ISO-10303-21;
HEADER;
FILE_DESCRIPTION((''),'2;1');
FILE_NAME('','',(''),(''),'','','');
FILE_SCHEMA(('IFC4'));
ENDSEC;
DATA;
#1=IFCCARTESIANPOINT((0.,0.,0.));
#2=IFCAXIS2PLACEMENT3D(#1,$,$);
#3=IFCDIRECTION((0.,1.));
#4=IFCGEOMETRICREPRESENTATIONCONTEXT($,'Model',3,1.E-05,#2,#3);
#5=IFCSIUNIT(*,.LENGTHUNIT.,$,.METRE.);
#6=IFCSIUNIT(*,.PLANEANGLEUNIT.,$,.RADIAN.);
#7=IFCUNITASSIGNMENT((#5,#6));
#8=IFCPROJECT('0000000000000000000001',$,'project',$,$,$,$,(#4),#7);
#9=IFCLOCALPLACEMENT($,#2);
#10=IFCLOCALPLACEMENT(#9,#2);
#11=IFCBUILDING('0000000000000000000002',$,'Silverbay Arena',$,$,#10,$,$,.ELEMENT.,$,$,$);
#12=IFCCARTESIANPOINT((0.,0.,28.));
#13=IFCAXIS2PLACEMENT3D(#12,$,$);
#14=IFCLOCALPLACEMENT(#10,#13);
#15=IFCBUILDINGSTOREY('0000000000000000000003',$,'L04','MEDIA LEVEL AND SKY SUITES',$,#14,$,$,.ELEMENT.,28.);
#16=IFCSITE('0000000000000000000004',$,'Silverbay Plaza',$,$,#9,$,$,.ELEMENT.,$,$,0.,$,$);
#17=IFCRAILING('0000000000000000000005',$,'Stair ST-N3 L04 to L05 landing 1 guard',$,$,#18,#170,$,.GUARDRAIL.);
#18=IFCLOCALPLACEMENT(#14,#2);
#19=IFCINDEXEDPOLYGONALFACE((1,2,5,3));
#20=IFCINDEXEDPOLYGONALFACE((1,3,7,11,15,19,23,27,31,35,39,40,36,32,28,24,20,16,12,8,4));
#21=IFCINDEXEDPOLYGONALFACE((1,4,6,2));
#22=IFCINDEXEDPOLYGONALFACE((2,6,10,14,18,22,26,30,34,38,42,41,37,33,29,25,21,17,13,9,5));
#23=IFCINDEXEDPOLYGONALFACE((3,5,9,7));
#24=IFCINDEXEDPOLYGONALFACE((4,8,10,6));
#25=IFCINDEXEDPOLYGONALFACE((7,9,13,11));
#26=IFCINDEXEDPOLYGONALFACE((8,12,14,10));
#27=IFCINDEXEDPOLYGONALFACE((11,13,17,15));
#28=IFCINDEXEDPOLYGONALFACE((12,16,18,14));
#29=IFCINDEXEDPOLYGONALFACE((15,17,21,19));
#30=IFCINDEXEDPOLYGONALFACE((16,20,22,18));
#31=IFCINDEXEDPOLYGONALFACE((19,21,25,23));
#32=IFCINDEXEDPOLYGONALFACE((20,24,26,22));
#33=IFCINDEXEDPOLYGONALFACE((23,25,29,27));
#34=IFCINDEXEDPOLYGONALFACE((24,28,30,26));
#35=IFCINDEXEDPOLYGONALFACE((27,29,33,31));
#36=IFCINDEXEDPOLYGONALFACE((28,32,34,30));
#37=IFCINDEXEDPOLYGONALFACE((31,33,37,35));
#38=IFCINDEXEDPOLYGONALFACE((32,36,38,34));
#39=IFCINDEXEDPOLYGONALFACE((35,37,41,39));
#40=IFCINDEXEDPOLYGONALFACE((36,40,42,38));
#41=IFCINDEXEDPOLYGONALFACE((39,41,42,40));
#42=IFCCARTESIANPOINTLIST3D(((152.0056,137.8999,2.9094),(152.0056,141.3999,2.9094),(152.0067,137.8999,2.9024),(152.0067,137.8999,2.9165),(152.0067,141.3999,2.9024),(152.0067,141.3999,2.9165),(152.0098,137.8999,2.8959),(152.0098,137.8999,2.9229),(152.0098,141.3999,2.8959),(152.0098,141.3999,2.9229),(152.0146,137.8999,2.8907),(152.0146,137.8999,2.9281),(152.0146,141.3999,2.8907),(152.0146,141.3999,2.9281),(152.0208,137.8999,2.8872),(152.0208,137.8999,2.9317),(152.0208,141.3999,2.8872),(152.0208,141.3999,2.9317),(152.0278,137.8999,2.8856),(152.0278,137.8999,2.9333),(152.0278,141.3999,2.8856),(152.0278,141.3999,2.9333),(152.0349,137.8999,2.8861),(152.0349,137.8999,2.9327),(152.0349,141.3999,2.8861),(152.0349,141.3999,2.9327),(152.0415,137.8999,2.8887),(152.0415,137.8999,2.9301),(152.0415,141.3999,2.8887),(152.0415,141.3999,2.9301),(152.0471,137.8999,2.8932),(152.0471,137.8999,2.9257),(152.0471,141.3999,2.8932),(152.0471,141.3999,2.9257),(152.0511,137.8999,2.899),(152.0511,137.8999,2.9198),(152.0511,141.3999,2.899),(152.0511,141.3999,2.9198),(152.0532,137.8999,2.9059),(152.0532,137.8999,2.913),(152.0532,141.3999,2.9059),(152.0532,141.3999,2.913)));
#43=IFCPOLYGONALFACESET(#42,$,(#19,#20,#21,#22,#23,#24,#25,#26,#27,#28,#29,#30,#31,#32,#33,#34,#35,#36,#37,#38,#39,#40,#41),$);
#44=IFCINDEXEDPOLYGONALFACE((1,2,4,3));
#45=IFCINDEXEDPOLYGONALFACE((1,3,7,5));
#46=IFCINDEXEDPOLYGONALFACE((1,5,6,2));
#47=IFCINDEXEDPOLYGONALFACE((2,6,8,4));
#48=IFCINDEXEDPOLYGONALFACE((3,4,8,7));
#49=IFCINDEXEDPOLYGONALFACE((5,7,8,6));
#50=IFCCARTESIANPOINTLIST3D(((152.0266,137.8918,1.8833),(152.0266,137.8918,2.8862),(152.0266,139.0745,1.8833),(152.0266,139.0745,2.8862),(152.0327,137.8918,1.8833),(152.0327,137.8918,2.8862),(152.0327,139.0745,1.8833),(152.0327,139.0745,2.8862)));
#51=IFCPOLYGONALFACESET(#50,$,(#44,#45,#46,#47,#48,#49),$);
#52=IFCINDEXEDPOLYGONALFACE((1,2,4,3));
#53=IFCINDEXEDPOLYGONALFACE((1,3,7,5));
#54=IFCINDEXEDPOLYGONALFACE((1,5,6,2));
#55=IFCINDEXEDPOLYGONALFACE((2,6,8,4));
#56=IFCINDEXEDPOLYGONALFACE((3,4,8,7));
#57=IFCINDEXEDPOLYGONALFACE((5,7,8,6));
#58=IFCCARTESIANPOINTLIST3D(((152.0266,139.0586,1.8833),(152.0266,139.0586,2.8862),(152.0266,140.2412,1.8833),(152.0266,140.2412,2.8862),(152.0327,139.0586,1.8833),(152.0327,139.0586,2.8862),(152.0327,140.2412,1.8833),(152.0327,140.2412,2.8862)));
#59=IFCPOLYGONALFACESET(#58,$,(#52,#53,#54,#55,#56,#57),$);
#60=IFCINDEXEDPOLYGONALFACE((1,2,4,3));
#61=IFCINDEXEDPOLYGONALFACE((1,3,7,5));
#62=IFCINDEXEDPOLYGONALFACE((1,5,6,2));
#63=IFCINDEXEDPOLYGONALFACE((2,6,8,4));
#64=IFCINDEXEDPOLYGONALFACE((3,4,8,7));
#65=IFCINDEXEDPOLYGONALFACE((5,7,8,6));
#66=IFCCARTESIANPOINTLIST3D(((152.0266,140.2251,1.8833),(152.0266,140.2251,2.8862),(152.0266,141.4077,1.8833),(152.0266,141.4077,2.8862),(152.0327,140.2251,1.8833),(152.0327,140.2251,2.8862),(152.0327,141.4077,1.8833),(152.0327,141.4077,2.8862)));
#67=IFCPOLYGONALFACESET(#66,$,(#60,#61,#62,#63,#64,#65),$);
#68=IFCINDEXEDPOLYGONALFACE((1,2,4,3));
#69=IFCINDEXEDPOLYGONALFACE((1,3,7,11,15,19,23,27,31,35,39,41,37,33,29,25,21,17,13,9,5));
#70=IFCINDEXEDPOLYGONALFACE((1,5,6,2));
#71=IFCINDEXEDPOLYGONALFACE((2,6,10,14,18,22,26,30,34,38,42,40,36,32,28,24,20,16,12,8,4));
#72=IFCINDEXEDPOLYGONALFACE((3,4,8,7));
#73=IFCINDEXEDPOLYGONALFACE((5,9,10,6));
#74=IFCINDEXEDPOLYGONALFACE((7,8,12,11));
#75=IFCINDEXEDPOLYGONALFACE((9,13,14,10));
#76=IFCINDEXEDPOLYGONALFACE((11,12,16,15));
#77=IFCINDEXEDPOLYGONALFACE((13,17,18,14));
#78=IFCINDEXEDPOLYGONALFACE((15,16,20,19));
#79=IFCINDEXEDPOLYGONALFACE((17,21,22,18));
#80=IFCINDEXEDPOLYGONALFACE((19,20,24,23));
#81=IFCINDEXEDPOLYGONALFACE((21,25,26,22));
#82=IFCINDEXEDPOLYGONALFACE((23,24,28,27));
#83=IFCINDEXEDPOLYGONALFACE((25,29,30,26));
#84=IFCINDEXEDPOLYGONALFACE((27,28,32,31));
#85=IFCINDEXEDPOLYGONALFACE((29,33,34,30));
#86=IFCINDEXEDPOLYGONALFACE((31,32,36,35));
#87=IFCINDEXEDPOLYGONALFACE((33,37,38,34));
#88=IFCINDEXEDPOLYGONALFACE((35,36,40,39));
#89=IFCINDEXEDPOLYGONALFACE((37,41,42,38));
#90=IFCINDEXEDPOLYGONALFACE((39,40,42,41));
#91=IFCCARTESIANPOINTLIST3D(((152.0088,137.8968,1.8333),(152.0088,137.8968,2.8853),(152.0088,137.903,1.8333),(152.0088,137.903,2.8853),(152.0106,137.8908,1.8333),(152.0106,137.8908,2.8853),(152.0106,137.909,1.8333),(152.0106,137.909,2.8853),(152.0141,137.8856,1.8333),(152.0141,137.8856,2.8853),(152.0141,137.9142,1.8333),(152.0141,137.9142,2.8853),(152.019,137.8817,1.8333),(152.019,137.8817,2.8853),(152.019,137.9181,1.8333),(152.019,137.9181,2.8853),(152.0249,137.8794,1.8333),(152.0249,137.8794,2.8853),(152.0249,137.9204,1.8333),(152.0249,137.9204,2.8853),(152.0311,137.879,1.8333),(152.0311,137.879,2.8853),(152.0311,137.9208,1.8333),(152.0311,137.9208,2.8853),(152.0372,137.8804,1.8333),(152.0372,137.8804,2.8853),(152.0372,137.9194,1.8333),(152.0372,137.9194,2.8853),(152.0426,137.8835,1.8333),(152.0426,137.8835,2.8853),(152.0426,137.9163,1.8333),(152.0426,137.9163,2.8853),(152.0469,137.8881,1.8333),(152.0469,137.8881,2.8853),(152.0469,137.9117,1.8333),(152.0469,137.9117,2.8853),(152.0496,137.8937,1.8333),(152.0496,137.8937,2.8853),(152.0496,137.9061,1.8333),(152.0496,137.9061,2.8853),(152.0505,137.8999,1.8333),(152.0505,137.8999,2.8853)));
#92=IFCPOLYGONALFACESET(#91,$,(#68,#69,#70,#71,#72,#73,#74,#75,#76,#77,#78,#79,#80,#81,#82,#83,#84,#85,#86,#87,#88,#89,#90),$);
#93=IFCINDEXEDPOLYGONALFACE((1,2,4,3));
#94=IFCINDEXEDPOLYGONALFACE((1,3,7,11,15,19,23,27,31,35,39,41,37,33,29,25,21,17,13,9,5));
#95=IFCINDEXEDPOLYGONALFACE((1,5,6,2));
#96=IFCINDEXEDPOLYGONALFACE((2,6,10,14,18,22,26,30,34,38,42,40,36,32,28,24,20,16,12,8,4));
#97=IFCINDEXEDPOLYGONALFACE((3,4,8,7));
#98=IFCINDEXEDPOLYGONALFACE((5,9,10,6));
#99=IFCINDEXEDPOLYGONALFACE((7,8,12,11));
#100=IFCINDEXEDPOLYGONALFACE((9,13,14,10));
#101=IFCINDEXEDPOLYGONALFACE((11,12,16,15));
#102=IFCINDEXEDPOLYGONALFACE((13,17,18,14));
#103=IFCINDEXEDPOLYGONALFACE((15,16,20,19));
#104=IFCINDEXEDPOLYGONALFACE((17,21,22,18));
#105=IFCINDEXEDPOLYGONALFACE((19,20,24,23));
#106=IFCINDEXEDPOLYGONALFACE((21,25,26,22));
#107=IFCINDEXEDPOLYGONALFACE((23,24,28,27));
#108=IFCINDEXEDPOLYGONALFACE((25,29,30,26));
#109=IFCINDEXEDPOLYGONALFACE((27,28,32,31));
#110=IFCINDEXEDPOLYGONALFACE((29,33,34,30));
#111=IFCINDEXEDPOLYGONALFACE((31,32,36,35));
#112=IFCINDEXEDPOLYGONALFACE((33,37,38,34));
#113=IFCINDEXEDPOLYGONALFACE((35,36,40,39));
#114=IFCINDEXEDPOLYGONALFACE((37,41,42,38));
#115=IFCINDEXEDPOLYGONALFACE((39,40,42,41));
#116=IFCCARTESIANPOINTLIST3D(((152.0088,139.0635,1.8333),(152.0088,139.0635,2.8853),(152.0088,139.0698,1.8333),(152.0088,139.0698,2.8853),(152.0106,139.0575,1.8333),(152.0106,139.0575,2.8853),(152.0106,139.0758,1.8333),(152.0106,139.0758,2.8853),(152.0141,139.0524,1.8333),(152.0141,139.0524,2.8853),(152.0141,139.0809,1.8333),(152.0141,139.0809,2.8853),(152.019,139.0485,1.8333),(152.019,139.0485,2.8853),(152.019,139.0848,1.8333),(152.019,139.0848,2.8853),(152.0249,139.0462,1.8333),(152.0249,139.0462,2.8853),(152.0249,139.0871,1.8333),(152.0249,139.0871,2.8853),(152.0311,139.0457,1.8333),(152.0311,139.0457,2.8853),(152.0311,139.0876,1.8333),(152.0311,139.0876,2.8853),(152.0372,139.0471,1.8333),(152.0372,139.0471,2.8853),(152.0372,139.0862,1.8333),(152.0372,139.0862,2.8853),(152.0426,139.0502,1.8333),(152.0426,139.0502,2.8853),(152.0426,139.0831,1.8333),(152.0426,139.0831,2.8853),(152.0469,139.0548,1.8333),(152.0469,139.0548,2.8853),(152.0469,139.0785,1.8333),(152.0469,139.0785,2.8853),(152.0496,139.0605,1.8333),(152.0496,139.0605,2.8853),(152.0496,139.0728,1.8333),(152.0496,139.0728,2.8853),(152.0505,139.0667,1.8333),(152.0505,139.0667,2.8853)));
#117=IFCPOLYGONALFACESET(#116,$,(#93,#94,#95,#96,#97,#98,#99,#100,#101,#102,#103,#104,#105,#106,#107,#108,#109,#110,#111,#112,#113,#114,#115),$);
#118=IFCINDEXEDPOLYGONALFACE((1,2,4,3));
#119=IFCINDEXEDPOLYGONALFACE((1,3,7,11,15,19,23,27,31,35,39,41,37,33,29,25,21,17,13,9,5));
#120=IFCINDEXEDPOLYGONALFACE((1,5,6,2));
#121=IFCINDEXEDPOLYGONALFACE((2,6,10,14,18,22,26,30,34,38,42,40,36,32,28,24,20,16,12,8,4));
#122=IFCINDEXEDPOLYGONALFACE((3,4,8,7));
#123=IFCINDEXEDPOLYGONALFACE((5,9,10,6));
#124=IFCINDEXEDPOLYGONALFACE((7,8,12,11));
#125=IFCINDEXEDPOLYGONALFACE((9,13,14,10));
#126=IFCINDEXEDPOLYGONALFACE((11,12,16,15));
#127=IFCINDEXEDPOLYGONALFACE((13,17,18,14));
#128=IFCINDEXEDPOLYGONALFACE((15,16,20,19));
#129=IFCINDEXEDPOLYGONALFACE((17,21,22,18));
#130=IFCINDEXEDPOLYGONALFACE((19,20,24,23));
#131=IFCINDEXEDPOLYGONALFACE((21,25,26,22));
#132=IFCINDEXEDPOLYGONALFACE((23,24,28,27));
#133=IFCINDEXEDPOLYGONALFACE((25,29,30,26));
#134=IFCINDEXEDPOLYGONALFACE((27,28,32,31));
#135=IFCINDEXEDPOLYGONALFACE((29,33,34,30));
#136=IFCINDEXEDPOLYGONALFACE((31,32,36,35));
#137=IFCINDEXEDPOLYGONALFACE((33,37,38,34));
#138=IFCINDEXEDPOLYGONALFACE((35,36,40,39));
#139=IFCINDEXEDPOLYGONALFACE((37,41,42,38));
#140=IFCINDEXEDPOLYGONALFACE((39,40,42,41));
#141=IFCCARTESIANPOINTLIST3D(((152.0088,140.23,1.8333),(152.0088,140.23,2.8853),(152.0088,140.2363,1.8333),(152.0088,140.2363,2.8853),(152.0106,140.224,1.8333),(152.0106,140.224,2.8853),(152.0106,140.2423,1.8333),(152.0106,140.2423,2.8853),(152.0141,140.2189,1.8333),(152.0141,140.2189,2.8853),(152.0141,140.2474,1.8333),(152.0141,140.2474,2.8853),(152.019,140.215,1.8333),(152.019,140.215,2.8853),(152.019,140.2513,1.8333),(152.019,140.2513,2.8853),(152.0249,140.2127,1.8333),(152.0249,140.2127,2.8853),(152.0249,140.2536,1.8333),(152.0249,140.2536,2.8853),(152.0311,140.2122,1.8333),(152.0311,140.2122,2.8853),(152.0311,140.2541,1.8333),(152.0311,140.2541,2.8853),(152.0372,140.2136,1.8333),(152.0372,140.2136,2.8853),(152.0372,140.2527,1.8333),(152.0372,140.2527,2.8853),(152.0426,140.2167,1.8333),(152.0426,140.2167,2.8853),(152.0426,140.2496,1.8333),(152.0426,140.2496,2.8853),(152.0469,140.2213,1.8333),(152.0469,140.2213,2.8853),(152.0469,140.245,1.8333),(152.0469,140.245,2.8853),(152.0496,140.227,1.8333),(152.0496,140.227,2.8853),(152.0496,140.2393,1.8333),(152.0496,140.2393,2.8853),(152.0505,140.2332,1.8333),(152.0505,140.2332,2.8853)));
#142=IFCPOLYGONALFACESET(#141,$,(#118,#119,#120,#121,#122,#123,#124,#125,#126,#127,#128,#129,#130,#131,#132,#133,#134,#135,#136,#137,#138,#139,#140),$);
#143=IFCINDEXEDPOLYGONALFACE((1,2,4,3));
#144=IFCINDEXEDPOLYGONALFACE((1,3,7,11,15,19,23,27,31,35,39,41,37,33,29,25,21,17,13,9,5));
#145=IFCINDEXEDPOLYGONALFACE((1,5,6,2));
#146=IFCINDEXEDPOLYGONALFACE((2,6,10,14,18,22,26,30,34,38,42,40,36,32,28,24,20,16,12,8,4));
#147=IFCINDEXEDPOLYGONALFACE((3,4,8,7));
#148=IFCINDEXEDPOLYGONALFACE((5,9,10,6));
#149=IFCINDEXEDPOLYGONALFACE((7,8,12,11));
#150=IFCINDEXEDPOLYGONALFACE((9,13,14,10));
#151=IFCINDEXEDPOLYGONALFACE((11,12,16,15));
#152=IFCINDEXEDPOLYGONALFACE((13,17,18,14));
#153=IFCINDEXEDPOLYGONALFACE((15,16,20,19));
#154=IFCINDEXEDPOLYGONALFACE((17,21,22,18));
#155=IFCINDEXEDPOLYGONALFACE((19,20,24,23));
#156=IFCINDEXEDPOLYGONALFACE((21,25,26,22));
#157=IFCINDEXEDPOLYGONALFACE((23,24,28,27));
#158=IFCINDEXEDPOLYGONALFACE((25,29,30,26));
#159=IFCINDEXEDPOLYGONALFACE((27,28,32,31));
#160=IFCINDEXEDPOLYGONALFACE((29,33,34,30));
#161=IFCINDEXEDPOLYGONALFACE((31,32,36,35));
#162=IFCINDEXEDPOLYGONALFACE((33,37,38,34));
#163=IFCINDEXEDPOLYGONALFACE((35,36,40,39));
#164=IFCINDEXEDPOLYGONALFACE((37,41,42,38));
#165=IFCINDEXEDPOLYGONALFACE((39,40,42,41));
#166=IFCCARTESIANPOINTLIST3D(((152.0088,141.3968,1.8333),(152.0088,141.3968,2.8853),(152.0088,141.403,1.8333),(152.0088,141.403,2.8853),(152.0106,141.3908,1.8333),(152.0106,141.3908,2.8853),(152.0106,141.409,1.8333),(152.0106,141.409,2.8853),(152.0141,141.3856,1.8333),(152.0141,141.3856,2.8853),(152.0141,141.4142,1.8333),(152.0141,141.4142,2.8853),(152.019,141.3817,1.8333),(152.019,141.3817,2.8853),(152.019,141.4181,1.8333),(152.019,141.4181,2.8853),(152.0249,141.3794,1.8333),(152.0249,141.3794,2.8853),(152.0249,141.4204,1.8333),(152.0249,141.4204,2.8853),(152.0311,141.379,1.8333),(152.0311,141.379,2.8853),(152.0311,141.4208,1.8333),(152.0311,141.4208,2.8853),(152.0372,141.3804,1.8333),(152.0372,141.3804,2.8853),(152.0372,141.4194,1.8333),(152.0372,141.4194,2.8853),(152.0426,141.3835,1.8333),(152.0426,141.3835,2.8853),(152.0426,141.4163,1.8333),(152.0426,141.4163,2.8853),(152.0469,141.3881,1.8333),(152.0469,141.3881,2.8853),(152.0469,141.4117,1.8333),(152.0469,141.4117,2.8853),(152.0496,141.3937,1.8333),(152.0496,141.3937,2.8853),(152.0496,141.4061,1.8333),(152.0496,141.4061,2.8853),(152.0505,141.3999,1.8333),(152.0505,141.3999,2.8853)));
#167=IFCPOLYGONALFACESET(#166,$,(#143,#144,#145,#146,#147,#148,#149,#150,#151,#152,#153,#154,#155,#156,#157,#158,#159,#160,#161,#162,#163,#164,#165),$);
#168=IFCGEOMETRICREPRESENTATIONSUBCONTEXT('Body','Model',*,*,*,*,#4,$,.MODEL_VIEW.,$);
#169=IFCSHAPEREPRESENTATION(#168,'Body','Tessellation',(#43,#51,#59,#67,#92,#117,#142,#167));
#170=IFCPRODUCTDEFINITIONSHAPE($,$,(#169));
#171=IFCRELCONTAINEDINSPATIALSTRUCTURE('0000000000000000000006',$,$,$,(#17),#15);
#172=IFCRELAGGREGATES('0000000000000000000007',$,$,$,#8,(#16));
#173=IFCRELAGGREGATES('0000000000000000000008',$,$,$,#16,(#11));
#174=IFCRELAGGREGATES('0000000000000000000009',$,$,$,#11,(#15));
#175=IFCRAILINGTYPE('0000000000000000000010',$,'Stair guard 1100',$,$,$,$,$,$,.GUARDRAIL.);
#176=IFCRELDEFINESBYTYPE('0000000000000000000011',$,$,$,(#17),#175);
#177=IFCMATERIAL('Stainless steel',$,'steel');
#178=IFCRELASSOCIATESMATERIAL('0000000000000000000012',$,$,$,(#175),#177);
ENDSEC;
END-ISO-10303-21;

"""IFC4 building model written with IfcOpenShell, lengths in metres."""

from ifc_helpers import new_model, si_unit, direction, frame, origin, origin_2d, place, context, subcontext, project, spatial, polyline, circle, outline, extrude, material, type_object, element, save


model = new_model("IFC4")

# Units and contexts
model_context = context("Model", 3, precision=1e-05, world=origin(), true_north=direction((0.0, 1.0)))
body_context = subcontext(model_context, "Body", "Model", "MODEL_VIEW")
ifc_project = project(units=[si_unit("LENGTHUNIT", "METRE"), si_unit("PLANEANGLEUNIT", "RADIAN")], contexts=[model_context])

# Site, building, storey
site_placement = place(None, origin())
site = spatial("IfcSite", under=ifc_project, at=site_placement, Name="Silverbay Plaza", CompositionType="ELEMENT", RefElevation=0.0)
building_placement = place(site_placement, origin())
building = spatial("IfcBuilding", under=site, at=building_placement, Name="Silverbay Arena", CompositionType="ELEMENT")
storey_placement = place(building_placement, frame((0.0, 0.0, 28.0)))
storey = spatial("IfcBuildingStorey", under=building, at=storey_placement, Name="L04", Description="MEDIA LEVEL AND SKY SUITES", CompositionType="ELEMENT", Elevation=28.0)

# Railing
ifc_material_1 = material(Name="Stainless steel", Category="steel")
railing_type_1 = type_object("IfcRailingType", Name="Stair guard 1100", PredefinedType="GUARDRAIL", material=ifc_material_1)
for number, where, name in (
    (1, (152.0295, 137.8999, 1.8333), "Stair ST-N3 L04 to L05 landing 1 guard"),
):
    element("IfcRailing", number, at=place(storey_placement, frame(where)), inside=storey, type_object=railing_type_1, Name=name, PredefinedType="GUARDRAIL", context=body_context, shape_type="SweptSolid", body=[
        extrude(circle(Radius=0.0239, at=origin_2d()), frame((0.0, 0.0, 1.0762), z_axis=(0.0, 1.0, 0.0), x_axis=(-1.0, 0.0, 0.0)), (0.0, 0.0, 1.0), 3.5),
        extrude(outline(polyline([(-0.0081, 0.05), (1.1746, 0.05), (1.1746, 1.053), (-0.0081, 1.053), (-0.0081, 0.05)])), frame((-0.0029, 0.0, 0.0), z_axis=(1.0, 0.0, 0.0), x_axis=(0.0, 1.0, 0.0)), (0.0, 0.0, 1.0), 0.0061),
        extrude(outline(polyline([(-0.0081, 0.05), (1.1746, 0.05), (1.1746, 1.053), (-0.0081, 1.053), (-0.0081, 0.05)])), frame((-0.0029, 1.1667, 0.0), z_axis=(1.0, 0.0, 0.0), x_axis=(0.0, 1.0, 0.0)), (0.0, 0.0, 1.0), 0.0061),
        extrude(outline(polyline([(-0.0081, 0.05), (1.1746, 0.05), (1.1746, 1.053), (-0.0081, 1.053), (-0.0081, 0.05)])), frame((-0.0029, 2.3333, 0.0), z_axis=(1.0, 0.0, 0.0), x_axis=(0.0, 1.0, 0.0)), (0.0, 0.0, 1.0), 0.0061),
        extrude(circle(Radius=0.021, at=origin_2d()), origin(), (0.0, 0.0, 1.0), 1.052),
        extrude(circle(Radius=0.021, at=origin_2d()), frame((0.0, 1.1667, 0.0)), (0.0, 0.0, 1.0), 1.052),
        extrude(circle(Radius=0.021, at=origin_2d()), frame((0.0, 2.3333, 0.0)), (0.0, 0.0, 1.0), 1.052),
        extrude(circle(Radius=0.021, at=origin_2d()), frame((0.0, 3.5, 0.0)), (0.0, 0.0, 1.0), 1.052),
    ])

save(model, "model.ifc")
